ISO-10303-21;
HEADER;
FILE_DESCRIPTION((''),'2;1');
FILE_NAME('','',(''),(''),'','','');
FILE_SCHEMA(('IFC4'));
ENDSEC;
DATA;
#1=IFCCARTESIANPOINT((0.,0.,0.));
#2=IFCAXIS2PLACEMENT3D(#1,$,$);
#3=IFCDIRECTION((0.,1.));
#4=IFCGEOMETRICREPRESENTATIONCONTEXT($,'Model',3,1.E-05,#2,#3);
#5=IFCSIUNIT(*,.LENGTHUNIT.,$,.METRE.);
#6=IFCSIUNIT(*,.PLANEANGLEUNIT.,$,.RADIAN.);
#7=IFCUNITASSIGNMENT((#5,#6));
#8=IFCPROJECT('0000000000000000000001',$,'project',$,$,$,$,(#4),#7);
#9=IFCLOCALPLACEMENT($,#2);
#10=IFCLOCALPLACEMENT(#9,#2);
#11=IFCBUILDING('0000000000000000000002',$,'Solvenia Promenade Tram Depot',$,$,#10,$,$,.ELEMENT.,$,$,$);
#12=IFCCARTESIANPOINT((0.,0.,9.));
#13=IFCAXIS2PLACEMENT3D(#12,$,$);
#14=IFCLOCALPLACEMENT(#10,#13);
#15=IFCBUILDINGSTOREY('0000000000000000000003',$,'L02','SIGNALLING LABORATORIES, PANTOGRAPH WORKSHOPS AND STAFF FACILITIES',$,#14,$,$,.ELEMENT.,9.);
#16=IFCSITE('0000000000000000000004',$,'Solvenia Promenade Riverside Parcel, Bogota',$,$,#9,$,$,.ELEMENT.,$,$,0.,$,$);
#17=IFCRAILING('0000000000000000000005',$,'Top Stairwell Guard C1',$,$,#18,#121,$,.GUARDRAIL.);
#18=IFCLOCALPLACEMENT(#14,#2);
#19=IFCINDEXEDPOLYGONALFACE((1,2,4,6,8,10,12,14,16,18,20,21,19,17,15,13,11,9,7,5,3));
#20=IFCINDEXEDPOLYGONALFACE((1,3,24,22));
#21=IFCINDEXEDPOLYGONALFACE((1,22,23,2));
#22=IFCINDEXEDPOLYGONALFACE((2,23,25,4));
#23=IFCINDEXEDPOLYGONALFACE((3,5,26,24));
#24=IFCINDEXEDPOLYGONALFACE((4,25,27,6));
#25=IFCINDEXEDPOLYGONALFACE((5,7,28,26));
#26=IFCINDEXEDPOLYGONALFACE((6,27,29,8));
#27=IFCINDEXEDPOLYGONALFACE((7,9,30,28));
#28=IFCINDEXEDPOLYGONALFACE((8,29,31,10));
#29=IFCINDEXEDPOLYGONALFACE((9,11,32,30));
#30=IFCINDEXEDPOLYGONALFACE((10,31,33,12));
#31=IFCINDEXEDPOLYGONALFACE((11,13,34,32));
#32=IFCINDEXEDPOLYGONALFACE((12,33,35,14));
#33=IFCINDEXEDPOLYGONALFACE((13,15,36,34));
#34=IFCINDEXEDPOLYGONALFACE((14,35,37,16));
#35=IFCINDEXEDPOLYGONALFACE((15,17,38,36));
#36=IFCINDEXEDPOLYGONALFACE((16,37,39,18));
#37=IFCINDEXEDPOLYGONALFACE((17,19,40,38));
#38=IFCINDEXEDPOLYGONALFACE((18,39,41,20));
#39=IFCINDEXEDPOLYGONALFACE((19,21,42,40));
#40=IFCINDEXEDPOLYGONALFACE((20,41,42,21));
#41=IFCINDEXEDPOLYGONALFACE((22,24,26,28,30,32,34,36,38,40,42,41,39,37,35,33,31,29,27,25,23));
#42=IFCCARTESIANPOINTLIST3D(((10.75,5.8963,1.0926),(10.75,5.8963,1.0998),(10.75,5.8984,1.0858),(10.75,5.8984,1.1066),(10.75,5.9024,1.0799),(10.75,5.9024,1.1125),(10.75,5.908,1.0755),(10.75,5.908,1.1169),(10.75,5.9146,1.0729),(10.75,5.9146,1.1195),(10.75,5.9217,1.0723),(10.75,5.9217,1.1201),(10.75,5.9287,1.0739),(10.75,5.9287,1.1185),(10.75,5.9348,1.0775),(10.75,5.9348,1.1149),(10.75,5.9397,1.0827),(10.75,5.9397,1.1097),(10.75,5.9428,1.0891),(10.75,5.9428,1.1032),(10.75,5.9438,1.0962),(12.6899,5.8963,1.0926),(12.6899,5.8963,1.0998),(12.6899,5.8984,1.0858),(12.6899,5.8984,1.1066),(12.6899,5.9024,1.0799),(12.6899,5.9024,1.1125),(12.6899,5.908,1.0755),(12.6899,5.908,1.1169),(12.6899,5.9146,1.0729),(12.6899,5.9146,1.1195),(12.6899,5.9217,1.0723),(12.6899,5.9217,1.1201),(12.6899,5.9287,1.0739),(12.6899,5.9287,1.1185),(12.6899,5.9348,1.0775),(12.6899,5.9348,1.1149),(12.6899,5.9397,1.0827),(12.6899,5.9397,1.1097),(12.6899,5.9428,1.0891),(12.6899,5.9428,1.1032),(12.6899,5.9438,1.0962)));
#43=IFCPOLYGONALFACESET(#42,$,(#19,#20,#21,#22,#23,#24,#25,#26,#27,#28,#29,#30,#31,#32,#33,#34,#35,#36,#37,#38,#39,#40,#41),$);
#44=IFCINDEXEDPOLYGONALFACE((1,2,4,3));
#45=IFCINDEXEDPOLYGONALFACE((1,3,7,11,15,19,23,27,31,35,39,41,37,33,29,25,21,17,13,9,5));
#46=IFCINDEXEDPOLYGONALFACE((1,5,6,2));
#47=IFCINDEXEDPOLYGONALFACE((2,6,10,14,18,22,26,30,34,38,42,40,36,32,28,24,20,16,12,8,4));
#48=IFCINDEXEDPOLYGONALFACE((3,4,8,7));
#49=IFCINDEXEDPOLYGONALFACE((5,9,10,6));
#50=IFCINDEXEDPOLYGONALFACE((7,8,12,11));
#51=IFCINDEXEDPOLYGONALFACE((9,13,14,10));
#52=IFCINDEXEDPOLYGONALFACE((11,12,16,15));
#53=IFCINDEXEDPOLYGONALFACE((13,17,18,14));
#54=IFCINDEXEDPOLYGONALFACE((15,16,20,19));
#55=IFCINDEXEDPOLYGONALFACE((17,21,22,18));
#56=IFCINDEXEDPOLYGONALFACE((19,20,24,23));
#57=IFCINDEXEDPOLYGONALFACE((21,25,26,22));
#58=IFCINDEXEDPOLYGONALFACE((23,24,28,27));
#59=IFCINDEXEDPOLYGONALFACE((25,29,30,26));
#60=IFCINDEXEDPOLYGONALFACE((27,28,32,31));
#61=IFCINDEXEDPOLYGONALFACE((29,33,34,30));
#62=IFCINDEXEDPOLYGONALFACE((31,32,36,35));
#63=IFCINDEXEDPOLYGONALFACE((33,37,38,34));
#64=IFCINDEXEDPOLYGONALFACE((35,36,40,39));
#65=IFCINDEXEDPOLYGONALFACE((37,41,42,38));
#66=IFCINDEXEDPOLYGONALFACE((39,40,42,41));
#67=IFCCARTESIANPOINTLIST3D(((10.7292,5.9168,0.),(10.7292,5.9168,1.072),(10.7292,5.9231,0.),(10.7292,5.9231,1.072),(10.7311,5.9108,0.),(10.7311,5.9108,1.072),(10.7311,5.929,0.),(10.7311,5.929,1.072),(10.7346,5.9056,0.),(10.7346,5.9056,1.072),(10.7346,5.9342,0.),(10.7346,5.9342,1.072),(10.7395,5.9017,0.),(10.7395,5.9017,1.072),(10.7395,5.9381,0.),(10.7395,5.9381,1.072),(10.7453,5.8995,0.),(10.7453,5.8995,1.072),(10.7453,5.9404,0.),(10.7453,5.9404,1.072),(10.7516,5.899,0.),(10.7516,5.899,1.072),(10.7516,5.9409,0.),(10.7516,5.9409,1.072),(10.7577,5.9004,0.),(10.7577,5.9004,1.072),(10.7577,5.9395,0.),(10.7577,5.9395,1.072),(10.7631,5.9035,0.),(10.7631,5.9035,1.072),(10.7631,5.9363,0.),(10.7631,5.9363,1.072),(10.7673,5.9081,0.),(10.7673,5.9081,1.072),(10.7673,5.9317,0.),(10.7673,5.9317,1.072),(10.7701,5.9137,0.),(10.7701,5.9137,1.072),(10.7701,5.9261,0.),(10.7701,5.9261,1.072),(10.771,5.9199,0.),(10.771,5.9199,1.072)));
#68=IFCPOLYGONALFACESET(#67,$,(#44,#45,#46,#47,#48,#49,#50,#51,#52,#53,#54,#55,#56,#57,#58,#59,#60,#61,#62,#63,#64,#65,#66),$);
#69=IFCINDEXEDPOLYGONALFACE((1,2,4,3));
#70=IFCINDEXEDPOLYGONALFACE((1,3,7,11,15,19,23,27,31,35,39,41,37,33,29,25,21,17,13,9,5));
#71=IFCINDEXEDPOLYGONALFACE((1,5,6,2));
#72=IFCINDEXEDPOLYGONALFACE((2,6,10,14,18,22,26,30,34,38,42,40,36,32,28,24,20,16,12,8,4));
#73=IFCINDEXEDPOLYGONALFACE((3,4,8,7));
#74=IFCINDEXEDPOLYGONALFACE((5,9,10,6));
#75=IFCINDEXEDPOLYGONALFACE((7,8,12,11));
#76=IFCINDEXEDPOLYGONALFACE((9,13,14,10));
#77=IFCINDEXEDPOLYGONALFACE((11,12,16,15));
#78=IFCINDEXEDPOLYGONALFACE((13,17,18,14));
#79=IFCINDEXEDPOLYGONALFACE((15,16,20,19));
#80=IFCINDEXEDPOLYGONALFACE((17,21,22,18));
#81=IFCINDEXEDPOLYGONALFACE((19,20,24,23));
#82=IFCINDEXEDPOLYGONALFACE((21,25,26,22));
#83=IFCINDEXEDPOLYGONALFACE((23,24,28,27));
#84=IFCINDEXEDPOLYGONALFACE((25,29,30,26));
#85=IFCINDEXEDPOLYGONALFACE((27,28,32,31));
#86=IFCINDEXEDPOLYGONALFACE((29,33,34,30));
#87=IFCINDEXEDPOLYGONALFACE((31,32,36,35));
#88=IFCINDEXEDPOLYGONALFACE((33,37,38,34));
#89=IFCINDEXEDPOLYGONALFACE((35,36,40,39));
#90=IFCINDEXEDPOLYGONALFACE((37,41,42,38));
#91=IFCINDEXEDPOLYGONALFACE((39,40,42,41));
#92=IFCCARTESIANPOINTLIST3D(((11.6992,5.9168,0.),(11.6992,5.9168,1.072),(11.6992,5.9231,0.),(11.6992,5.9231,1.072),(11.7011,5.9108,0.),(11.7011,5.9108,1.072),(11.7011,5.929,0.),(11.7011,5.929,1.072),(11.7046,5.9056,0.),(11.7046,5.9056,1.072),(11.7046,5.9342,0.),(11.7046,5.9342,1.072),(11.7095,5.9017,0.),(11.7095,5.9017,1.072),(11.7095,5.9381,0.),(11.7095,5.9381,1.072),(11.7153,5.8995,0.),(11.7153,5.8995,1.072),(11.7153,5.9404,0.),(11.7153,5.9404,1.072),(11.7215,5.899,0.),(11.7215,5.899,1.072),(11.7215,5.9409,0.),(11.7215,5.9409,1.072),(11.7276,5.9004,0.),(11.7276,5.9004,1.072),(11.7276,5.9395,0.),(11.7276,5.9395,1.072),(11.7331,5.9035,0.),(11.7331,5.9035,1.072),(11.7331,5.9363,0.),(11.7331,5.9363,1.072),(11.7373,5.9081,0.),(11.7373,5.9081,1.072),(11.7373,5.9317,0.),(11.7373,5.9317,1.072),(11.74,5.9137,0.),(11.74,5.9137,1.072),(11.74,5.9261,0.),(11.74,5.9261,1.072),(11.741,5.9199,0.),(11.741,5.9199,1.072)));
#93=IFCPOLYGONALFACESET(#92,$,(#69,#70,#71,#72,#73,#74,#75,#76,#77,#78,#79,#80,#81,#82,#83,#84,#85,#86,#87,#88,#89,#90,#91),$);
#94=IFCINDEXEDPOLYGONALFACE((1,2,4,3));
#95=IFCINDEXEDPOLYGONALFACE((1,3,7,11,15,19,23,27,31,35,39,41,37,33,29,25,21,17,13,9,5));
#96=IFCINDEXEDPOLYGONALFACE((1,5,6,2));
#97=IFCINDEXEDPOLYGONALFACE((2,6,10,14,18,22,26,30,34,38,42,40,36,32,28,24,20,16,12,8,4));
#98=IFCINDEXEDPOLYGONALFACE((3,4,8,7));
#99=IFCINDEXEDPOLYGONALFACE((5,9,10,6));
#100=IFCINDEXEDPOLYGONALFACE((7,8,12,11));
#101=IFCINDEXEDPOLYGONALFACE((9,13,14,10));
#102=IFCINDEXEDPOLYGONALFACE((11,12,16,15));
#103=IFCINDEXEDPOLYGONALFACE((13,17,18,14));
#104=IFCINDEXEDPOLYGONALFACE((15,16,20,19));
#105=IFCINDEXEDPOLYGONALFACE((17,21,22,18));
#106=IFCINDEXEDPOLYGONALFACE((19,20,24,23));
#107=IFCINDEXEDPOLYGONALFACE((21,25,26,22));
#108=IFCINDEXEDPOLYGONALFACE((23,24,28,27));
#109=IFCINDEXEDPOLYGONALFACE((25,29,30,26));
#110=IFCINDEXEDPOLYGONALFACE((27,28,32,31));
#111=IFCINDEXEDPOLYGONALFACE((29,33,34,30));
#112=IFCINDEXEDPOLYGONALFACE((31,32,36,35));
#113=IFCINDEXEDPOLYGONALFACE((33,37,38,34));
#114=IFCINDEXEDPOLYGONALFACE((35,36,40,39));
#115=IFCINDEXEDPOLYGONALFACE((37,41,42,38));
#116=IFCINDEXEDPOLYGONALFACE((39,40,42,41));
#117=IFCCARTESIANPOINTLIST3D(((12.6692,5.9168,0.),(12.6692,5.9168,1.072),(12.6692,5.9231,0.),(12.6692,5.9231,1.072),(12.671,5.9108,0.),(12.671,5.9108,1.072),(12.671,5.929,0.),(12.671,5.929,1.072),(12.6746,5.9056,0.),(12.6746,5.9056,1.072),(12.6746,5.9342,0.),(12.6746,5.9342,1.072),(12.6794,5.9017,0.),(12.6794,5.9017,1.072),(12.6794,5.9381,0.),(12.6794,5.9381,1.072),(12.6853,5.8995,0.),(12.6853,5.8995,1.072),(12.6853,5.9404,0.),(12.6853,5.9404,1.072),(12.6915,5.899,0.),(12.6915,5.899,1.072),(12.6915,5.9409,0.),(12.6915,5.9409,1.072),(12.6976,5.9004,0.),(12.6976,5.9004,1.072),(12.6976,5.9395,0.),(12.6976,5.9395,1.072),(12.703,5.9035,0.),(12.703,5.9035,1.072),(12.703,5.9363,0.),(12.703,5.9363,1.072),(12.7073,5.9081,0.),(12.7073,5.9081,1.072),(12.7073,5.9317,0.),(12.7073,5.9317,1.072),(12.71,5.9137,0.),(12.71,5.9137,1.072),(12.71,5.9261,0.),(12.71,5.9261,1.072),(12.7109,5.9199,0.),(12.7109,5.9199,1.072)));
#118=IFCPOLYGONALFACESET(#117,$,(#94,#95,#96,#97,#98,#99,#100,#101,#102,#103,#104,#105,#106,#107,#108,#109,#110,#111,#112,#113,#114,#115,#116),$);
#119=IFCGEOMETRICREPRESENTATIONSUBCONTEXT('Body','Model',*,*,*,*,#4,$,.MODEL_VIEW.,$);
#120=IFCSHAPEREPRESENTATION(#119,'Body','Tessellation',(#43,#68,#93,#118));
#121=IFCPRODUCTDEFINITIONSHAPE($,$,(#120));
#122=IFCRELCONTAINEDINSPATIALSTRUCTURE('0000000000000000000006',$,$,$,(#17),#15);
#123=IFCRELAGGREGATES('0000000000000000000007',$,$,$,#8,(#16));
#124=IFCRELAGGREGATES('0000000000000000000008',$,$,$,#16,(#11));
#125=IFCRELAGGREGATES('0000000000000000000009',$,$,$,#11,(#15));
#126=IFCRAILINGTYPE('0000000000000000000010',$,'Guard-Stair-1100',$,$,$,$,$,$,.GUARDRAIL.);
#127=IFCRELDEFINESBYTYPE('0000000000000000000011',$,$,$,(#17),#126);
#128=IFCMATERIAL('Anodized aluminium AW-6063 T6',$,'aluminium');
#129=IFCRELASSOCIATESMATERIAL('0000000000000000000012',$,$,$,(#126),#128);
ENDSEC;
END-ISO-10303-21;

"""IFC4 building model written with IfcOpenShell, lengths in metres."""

from ifc_helpers import new_model, si_unit, direction, frame, origin, origin_2d, place, context, subcontext, project, spatial, circle, extrude, material, type_object, element, save


model = new_model("IFC4")

# Units and contexts
model_context = context("Model", 3, precision=1e-05, world=origin(), true_north=direction((0.0, 1.0)))
body_context = subcontext(model_context, "Body", "Model", "MODEL_VIEW")
ifc_project = project(units=[si_unit("LENGTHUNIT", "METRE"), si_unit("PLANEANGLEUNIT", "RADIAN")], contexts=[model_context])

# Site, building, storey
site_placement = place(None, origin())
site = spatial("IfcSite", under=ifc_project, at=site_placement, Name="Solvenia Promenade Riverside Parcel, Bogota", CompositionType="ELEMENT", RefElevation=0.0)
building_placement = place(site_placement, origin())
building = spatial("IfcBuilding", under=site, at=building_placement, Name="Solvenia Promenade Tram Depot", CompositionType="ELEMENT")
storey_placement = place(building_placement, frame((0.0, 0.0, 9.0)))
storey = spatial("IfcBuildingStorey", under=building, at=storey_placement, Name="L02", Description="SIGNALLING LABORATORIES, PANTOGRAPH WORKSHOPS AND STAFF FACILITIES", CompositionType="ELEMENT", Elevation=9.0)

# Shared definitions
ifc_material_1 = material(Name="Anodized aluminium AW-6063 T6", Category="aluminium")

# Railing
railing_type = type_object("IfcRailingType", Name="Guard-Stair-1100", PredefinedType="GUARDRAIL", material=ifc_material_1)
railing_placement = place(storey_placement, frame((10.75, 5.9199, 0.0)))
element("IfcRailing", 1, at=railing_placement, inside=storey, type_object=railing_type, Name="Top Stairwell Guard C1", PredefinedType="GUARDRAIL", context=body_context, shape_type="SweptSolid", body=[
    extrude(circle(Radius=0.0239, at=origin_2d()), frame((0.0, 0.0, 1.0962), z_axis=(1.0, 0.0, 0.0), x_axis=(0.0, 1.0, 0.0)), (0.0, 0.0, 1.0), 1.9399),
    extrude(circle(Radius=0.021, at=origin_2d()), origin(), (0.0, 0.0, 1.0), 1.072),
    extrude(circle(Radius=0.021, at=origin_2d()), frame((0.97, 0.0, 0.0)), (0.0, 0.0, 1.0), 1.072),
    extrude(circle(Radius=0.021, at=origin_2d()), frame((1.9399, 0.0, 0.0)), (0.0, 0.0, 1.0), 1.072),
])

save(model, "model.ifc")
